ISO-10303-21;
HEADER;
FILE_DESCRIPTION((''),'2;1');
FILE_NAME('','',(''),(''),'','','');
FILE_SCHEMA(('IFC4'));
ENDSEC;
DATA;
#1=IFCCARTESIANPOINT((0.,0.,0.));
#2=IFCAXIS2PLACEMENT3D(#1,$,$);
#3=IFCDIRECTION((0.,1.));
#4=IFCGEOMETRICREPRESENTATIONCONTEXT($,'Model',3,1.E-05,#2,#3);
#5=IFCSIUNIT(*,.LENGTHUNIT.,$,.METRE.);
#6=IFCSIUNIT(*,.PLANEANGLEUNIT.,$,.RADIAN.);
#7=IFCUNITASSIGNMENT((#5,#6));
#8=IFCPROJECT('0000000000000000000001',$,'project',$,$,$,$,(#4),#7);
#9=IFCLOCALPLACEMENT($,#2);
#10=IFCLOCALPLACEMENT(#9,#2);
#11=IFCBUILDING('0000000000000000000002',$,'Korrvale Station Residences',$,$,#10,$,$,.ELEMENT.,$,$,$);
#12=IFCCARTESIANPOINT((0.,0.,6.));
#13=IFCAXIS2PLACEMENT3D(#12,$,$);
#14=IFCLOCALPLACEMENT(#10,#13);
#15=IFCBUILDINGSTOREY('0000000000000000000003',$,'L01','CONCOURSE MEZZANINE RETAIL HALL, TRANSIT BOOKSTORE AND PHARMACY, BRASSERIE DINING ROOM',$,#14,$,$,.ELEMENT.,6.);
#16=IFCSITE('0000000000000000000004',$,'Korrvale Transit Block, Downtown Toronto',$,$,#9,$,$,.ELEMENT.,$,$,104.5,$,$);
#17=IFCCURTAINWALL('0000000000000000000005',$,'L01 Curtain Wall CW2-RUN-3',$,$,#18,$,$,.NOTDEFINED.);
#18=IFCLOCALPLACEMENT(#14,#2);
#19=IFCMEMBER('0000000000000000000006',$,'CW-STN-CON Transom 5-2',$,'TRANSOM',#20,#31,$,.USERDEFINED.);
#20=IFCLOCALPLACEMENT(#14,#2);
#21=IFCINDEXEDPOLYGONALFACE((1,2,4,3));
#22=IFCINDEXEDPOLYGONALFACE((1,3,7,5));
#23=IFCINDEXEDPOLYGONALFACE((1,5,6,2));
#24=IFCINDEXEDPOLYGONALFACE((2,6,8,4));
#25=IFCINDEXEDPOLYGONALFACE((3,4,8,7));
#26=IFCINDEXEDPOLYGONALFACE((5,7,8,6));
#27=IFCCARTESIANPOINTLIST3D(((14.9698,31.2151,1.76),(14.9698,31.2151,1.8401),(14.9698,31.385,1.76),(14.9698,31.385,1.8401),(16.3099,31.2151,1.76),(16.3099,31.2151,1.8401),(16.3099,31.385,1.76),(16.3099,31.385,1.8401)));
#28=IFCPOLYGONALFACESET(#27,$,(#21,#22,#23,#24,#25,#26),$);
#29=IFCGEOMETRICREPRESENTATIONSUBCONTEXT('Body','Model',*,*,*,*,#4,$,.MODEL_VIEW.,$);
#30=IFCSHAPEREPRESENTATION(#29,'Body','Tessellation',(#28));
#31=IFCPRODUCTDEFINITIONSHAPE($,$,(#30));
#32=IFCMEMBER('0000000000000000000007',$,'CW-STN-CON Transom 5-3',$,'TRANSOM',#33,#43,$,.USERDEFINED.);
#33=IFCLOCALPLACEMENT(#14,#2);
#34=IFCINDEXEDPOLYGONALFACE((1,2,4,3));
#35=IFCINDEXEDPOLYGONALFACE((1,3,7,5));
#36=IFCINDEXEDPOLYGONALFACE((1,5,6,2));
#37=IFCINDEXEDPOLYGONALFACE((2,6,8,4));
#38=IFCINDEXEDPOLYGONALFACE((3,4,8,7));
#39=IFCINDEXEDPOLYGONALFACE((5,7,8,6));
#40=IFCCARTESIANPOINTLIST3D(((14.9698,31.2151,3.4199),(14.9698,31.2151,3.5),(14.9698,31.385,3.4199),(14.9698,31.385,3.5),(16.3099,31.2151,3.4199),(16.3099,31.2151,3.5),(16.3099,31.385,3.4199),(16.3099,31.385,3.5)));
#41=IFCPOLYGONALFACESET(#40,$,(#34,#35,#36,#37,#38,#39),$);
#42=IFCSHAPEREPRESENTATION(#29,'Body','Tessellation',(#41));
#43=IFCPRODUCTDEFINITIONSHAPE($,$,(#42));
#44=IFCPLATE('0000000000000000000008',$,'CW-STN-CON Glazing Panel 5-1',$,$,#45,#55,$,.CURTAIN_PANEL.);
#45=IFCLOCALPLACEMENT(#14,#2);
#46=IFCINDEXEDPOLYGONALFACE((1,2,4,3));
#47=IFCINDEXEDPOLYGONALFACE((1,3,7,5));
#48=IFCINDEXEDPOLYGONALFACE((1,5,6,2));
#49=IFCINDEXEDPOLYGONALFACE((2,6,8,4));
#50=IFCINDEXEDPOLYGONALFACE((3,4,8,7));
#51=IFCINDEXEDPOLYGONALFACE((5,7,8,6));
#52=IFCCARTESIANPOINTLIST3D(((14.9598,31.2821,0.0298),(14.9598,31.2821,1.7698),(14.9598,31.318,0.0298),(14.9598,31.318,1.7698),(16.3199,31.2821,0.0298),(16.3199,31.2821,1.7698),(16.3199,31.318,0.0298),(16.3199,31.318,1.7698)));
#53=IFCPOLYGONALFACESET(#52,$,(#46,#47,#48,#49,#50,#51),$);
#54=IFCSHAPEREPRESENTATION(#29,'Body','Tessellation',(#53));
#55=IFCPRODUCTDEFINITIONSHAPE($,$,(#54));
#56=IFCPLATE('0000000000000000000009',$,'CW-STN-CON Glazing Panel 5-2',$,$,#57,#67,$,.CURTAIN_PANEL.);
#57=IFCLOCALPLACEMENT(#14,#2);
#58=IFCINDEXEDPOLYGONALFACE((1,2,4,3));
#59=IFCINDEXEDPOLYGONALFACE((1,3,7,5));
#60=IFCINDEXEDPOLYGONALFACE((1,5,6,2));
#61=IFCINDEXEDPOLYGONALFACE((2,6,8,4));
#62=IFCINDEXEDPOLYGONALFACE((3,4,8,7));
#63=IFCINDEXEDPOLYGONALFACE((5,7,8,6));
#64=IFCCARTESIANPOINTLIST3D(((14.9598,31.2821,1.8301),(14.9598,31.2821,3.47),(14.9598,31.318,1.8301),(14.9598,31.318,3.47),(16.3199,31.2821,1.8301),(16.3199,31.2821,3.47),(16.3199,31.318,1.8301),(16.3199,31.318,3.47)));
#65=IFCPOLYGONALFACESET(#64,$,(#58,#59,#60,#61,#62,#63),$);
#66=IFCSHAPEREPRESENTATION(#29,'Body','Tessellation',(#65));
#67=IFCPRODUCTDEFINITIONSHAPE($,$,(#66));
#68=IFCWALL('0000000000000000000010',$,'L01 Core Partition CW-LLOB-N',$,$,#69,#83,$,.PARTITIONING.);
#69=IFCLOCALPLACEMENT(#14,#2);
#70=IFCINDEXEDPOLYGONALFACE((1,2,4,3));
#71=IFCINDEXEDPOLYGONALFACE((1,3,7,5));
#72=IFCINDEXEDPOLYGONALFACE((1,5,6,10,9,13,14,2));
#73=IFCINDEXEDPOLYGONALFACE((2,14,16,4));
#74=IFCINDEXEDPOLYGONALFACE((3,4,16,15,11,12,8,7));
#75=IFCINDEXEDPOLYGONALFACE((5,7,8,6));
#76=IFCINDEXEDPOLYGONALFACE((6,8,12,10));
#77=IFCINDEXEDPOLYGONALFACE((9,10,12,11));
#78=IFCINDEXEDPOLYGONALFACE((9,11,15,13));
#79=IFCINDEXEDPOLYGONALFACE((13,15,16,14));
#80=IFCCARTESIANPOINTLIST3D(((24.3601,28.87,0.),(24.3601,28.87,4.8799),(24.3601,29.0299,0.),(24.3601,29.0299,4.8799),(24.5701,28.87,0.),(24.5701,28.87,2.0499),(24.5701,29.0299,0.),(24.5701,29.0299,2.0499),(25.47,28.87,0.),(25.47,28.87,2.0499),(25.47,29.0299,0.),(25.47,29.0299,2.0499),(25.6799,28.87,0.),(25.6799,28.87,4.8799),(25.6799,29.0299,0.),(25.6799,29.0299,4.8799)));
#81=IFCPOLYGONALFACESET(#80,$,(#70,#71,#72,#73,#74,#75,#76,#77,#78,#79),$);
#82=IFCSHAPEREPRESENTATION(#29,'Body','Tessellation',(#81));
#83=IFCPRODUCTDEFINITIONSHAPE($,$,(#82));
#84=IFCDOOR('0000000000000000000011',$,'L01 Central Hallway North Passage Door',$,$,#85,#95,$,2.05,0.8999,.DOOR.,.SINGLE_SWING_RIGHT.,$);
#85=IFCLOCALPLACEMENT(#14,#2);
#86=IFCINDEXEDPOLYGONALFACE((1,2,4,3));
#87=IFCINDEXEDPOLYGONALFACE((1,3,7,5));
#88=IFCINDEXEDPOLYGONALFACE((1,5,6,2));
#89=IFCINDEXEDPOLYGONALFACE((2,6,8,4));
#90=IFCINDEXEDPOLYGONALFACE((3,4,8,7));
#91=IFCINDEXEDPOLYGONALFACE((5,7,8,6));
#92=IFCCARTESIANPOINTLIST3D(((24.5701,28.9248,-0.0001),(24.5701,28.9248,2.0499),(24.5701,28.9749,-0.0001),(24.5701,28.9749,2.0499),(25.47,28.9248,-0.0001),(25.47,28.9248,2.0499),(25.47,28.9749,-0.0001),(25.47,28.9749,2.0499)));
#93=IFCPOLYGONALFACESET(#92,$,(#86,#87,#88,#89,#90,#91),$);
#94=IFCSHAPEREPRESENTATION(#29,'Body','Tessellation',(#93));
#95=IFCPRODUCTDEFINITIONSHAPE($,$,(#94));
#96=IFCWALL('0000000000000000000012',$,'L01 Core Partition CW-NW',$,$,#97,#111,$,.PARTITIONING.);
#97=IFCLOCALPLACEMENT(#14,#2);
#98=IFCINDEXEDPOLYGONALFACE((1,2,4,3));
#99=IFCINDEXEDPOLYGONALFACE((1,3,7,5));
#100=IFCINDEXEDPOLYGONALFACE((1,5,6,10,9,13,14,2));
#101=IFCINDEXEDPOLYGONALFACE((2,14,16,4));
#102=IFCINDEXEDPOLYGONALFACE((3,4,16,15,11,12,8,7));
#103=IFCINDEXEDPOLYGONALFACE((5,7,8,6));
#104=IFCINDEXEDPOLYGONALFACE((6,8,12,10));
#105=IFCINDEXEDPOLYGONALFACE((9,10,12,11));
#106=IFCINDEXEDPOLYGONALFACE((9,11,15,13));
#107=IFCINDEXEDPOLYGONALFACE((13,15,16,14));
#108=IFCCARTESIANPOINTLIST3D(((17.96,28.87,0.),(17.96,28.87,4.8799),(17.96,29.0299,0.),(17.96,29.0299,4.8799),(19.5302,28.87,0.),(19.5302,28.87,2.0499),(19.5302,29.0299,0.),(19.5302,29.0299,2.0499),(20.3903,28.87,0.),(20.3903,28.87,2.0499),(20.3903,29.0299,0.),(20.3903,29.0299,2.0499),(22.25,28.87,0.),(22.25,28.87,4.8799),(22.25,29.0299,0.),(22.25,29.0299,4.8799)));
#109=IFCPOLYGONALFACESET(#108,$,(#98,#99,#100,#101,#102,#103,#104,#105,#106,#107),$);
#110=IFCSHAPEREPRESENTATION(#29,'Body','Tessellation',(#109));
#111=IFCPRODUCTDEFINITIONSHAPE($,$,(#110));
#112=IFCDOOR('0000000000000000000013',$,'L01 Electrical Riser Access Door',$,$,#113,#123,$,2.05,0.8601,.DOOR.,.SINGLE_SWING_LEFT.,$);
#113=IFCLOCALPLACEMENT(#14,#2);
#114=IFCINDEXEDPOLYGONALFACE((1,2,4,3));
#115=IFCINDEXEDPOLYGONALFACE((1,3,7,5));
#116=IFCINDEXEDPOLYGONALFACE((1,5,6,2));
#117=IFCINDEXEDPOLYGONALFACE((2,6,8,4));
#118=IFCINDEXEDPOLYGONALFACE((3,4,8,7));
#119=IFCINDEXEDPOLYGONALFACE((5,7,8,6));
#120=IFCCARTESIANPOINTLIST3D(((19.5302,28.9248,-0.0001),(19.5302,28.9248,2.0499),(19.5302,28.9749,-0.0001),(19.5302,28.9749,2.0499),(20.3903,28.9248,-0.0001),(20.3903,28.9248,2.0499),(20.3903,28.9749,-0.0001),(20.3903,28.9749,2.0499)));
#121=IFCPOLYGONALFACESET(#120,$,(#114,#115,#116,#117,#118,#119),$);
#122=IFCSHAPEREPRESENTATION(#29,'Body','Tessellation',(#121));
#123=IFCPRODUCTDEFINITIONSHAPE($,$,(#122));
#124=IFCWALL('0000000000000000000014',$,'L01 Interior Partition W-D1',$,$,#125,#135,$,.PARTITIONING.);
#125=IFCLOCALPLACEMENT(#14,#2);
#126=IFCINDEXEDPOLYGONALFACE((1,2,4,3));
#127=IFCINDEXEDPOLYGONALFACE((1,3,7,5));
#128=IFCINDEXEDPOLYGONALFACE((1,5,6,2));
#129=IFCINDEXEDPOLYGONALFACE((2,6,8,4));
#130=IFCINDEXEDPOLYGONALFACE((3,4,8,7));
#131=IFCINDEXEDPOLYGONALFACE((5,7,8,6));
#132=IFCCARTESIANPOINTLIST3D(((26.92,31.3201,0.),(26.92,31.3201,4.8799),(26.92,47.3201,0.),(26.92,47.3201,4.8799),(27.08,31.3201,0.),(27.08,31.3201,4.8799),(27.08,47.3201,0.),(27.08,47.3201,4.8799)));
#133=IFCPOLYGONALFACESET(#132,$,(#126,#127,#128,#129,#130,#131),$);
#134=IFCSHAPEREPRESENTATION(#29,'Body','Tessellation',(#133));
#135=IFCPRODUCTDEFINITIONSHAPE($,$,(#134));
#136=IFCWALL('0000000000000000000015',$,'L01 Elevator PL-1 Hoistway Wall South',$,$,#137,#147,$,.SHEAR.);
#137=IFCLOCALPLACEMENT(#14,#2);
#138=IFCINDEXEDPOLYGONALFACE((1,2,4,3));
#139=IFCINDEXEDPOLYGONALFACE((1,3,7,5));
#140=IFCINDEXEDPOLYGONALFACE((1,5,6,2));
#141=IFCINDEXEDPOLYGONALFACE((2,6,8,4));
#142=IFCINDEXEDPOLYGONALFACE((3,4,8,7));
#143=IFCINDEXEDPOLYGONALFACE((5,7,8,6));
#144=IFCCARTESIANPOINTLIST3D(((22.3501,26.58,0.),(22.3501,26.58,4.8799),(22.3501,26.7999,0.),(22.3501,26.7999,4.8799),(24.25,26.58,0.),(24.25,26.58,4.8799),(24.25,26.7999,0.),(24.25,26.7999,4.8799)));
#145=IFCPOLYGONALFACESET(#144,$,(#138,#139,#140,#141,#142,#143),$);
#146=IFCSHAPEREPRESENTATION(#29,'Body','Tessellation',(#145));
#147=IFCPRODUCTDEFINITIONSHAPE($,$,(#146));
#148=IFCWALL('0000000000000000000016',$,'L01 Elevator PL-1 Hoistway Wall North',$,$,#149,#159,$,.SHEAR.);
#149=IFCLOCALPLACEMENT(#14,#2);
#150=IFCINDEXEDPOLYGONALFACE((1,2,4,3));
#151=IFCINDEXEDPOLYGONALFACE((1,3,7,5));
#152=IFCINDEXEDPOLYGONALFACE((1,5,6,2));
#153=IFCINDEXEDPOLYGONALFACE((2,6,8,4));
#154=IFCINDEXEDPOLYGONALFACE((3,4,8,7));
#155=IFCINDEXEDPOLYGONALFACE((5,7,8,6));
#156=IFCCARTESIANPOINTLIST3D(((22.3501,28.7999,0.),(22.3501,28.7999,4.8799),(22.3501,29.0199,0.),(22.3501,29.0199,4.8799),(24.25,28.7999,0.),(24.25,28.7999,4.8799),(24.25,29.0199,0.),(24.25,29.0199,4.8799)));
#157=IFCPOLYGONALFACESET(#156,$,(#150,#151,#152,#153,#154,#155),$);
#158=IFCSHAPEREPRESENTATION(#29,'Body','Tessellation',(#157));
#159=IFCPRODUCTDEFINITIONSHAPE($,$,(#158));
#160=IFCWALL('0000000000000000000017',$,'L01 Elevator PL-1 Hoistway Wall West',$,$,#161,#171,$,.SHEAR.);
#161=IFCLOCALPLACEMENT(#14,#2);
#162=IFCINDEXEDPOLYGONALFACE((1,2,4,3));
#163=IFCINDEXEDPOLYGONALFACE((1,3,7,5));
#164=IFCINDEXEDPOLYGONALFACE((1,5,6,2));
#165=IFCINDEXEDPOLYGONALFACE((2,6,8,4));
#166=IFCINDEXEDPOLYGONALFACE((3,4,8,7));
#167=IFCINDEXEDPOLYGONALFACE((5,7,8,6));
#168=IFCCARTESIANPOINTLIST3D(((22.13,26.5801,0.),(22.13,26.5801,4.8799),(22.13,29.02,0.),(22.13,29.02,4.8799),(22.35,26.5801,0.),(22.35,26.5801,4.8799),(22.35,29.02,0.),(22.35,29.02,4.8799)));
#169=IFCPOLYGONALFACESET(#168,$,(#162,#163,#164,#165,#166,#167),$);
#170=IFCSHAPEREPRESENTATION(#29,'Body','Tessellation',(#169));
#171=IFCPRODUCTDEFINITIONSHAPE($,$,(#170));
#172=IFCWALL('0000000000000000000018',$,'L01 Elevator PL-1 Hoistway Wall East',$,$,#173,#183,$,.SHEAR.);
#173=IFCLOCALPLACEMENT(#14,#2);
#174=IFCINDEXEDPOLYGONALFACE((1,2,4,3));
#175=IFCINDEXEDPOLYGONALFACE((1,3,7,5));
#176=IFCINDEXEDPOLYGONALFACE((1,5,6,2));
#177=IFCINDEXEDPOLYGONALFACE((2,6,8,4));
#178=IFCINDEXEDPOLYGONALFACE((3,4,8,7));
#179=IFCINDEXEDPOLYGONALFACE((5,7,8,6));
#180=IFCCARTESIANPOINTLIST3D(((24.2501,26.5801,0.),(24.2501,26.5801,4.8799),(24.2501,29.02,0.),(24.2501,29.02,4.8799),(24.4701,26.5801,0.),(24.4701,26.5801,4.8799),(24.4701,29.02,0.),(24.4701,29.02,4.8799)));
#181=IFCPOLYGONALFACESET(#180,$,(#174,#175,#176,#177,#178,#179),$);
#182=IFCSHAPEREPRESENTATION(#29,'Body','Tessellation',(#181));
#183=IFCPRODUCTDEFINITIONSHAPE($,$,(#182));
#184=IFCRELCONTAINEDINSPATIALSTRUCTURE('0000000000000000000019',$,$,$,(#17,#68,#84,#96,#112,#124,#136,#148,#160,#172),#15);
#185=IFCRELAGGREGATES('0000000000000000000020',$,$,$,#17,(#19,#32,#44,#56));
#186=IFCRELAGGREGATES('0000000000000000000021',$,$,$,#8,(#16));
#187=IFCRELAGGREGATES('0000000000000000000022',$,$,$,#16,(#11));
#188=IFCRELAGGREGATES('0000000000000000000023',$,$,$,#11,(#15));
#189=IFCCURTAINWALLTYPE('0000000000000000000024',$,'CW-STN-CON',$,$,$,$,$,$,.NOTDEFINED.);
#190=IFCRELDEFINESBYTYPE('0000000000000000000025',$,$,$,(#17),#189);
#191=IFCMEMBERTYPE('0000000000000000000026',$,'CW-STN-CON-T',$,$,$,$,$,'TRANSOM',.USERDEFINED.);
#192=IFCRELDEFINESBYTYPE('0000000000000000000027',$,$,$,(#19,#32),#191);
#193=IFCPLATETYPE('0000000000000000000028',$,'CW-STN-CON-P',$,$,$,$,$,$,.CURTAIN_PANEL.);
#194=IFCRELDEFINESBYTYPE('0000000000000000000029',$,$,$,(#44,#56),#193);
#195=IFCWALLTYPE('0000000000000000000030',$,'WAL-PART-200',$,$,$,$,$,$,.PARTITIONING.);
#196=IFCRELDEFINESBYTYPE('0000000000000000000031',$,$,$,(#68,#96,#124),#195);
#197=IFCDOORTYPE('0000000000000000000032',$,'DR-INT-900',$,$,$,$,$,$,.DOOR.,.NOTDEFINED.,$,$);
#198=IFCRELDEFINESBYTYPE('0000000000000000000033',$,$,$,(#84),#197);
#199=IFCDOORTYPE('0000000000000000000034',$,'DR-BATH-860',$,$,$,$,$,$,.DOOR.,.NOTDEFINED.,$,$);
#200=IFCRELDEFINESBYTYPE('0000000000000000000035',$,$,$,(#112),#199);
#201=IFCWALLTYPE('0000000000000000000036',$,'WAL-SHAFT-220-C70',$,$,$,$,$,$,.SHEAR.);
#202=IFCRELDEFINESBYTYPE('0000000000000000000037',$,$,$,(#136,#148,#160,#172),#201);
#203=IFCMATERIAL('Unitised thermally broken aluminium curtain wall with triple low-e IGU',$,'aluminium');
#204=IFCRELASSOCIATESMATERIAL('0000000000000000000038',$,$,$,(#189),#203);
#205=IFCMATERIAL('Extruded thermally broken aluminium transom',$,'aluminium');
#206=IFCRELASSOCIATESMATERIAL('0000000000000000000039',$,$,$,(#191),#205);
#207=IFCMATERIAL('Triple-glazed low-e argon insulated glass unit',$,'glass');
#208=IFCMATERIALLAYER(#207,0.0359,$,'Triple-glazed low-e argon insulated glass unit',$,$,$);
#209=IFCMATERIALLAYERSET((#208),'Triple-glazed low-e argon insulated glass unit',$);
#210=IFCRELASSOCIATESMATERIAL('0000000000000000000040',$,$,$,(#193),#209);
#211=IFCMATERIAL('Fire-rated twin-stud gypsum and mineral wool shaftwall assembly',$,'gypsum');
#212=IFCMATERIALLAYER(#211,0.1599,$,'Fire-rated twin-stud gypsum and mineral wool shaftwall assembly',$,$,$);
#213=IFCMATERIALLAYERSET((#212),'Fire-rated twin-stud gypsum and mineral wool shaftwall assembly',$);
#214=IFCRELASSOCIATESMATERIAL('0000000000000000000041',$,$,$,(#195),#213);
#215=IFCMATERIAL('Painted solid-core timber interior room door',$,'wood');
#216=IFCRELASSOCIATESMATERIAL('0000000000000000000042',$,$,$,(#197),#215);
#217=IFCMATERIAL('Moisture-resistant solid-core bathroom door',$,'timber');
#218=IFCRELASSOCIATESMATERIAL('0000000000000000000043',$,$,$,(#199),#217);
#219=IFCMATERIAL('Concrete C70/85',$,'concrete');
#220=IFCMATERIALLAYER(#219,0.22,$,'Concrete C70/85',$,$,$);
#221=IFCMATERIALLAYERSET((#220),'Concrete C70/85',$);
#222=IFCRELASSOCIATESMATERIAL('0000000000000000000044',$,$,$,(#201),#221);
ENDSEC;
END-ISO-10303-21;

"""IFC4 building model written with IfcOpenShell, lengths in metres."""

from ifc_helpers import new_model, si_unit, direction, frame, frame_2d, origin, origin_2d, place, context, subcontext, project, spatial, rectangle, extrude, material, layer, layer_set, type_object, element, fill, aggregate, save


model = new_model("IFC4")

# Units and contexts
model_context = context("Model", 3, precision=1e-05, world=origin(), true_north=direction((0.0, 1.0)))
body_context = subcontext(model_context, "Body", "Model", "MODEL_VIEW")
ifc_project = project(units=[si_unit("LENGTHUNIT", "METRE"), si_unit("PLANEANGLEUNIT", "RADIAN")], contexts=[model_context])

# Site, building, storey
site_placement = place(None, origin())
site = spatial("IfcSite", under=ifc_project, at=site_placement, Name="Korrvale Transit Block, Downtown Toronto", CompositionType="ELEMENT", RefElevation=104.5)
building_placement = place(site_placement, origin())
building = spatial("IfcBuilding", under=site, at=building_placement, Name="Korrvale Station Residences", CompositionType="ELEMENT")
storey_placement = place(building_placement, frame((0.0, 0.0, 6.0)))
storey = spatial("IfcBuildingStorey", under=building, at=storey_placement, Name="L01", Description="CONCOURSE MEZZANINE RETAIL HALL, TRANSIT BOOKSTORE AND PHARMACY, BRASSERIE DINING ROOM", CompositionType="ELEMENT", Elevation=6.0)

# Shared definitions
ifc_material_1 = material(Name="Concrete C70/85", Category="concrete")

# Curtain wall, members, plates
ifc_material_2 = material(Name="Unitised thermally broken aluminium curtain wall with triple low-e IGU", Category="aluminium")
curtain_wall_type = type_object("IfcCurtainWallType", Name="CW-STN-CON", PredefinedType="NOTDEFINED", material=ifc_material_2)
curtain_wall_placement = place(storey_placement, origin())
curtain_wall = element("IfcCurtainWall", 1, at=curtain_wall_placement, inside=storey, type_object=curtain_wall_type, Name="L01 Curtain Wall CW2-RUN-3", PredefinedType="NOTDEFINED")
ifc_material_3 = material(Name="Extruded thermally broken aluminium transom", Category="aluminium")
member_type_1 = type_object("IfcMemberType", Name="CW-STN-CON-T", ElementType="TRANSOM", PredefinedType="USERDEFINED", material=ifc_material_3)
member_1_placement = place(storey_placement, frame((15.6399, 31.3, 1.76), z_axis=(0.0, 0.0, 1.0), x_axis=(1.0, 0.0, 0.0)))
member_1 = element("IfcMember", 2, at=member_1_placement, type_object=member_type_1, Name="CW-STN-CON Transom 5-2", ObjectType="TRANSOM", PredefinedType="USERDEFINED", context=body_context, shape_type="SweptSolid", body=[
    extrude(rectangle(XDim=1.3401, YDim=0.1699, at=origin_2d()), origin(), (0.0, 0.0, 1.0), 0.0801),
])
member_2_placement = place(storey_placement, frame((15.6399, 31.3, 3.4199), z_axis=(0.0, 0.0, 1.0), x_axis=(1.0, 0.0, 0.0)))
member_2 = element("IfcMember", 3, at=member_2_placement, type_object=member_type_1, Name="CW-STN-CON Transom 5-3", ObjectType="TRANSOM", PredefinedType="USERDEFINED", context=body_context, shape_type="SweptSolid", body=[
    extrude(rectangle(XDim=1.3401, YDim=0.1699, at=origin_2d()), origin(), (0.0, 0.0, 1.0), 0.0801),
])
ifc_material_4 = material(Name="Triple-glazed low-e argon insulated glass unit", Category="glass")
ifc_layer_1 = layer(ifc_material_4, 0.0359, Name="Triple-glazed low-e argon insulated glass unit")
ifc_layer_set_1 = layer_set([ifc_layer_1], Name="Triple-glazed low-e argon insulated glass unit")
plate_type = type_object("IfcPlateType", Name="CW-STN-CON-P", PredefinedType="CURTAIN_PANEL", material=ifc_layer_set_1)
plate_1_placement = place(storey_placement, frame((15.6399, 31.3, 0.0298), z_axis=(0.0, 0.0, 1.0), x_axis=(1.0, 0.0, 0.0)))
plate_1 = element("IfcPlate", 4, at=plate_1_placement, type_object=plate_type, Name="CW-STN-CON Glazing Panel 5-1", PredefinedType="CURTAIN_PANEL", context=body_context, shape_type="SweptSolid", body=[
    extrude(rectangle(XDim=1.3601, YDim=0.0359, at=origin_2d()), origin(), (0.0, 0.0, 1.0), 1.74),
])
plate_2_placement = place(storey_placement, frame((15.6399, 31.3, 1.8301), z_axis=(0.0, 0.0, 1.0), x_axis=(1.0, 0.0, 0.0)))
plate_2 = element("IfcPlate", 5, at=plate_2_placement, type_object=plate_type, Name="CW-STN-CON Glazing Panel 5-2", PredefinedType="CURTAIN_PANEL", context=body_context, shape_type="SweptSolid", body=[
    extrude(rectangle(XDim=1.3601, YDim=0.0359, at=origin_2d()), origin(), (0.0, 0.0, 1.0), 1.6399),
])
aggregate(curtain_wall, [member_1, member_2, plate_1, plate_2])

# Walls, openings, doors
ifc_material_5 = material(Name="Fire-rated twin-stud gypsum and mineral wool shaftwall assembly", Category="gypsum")
ifc_layer_2 = layer(ifc_material_5, 0.1599, Name="Fire-rated twin-stud gypsum and mineral wool shaftwall assembly")
ifc_layer_set_2 = layer_set([ifc_layer_2], Name="Fire-rated twin-stud gypsum and mineral wool shaftwall assembly")
wall_type_1 = type_object("IfcWallType", Name="WAL-PART-200", PredefinedType="PARTITIONING", material=ifc_layer_set_2)
wall_1_placement = place(storey_placement, frame((24.3601, 28.95, 0.0), z_axis=(0.0, 0.0, 1.0), x_axis=(1.0, 0.0, 0.0)))
wall_1 = element("IfcWall", 6, at=wall_1_placement, inside=storey, type_object=wall_type_1, Name="L01 Core Partition CW-LLOB-N", PredefinedType="PARTITIONING", context=body_context, shape_type="SweptSolid", body=[
    extrude(rectangle(XDim=1.3198, YDim=0.1599, at=frame_2d((0.6599, 0.0))), origin(), (0.0, 0.0, 1.0), 4.8799),
])
opening_1_placement = place(wall_1_placement, frame((0.21, 0.0, 0.0)))
opening_1 = element("IfcOpeningElement", 7, at=opening_1_placement, cuts=wall_1, PredefinedType="OPENING", context=body_context, shape_type="SweptSolid", body=[
    extrude(rectangle(XDim=0.8999, YDim=2.05, at=frame_2d((0.45, 1.0249))), frame((0.0, 0.0898, 0.0), z_axis=(0.0, -1.0, 0.0), x_axis=(1.0, 0.0, 0.0)), (0.0, 0.0, 1.0), 0.1799),
])
ifc_material_6 = material(Name="Painted solid-core timber interior room door", Category="wood")
door_type_1 = type_object("IfcDoorType", Name="DR-INT-900", OperationType="NOTDEFINED", PredefinedType="DOOR", material=ifc_material_6)
door_1_placement = place(opening_1_placement, origin())
door_1 = element("IfcDoor", 8, at=door_1_placement, inside=storey, type_object=door_type_1, Name="L01 Central Hallway North Passage Door", OperationType="SINGLE_SWING_RIGHT", OverallHeight=2.05, OverallWidth=0.8999, PredefinedType="DOOR", context=body_context, shape_type="SweptSolid", body=[
    extrude(rectangle(XDim=0.8999, YDim=2.05, at=frame_2d((0.45, 1.0249))), frame((0.0, 0.0249, 0.0), z_axis=(0.0, -1.0, 0.0), x_axis=(1.0, 0.0, 0.0)), (0.0, 0.0, 1.0), 0.05),
])
fill(opening_1, door_1)
wall_2_placement = place(storey_placement, frame((17.96, 28.95, 0.0), z_axis=(0.0, 0.0, 1.0), x_axis=(1.0, 0.0, 0.0)))
wall_2 = element("IfcWall", 9, at=wall_2_placement, inside=storey, type_object=wall_type_1, Name="L01 Core Partition CW-NW", PredefinedType="PARTITIONING", context=body_context, shape_type="SweptSolid", body=[
    extrude(rectangle(XDim=4.29, YDim=0.1599, at=frame_2d((2.145, 0.0))), origin(), (0.0, 0.0, 1.0), 4.8799),
])
opening_2_placement = place(wall_2_placement, frame((1.5701, 0.0, 0.0)))
opening_2 = element("IfcOpeningElement", 10, at=opening_2_placement, cuts=wall_2, PredefinedType="OPENING", context=body_context, shape_type="SweptSolid", body=[
    extrude(rectangle(XDim=0.8601, YDim=2.05, at=frame_2d((0.4302, 1.0249))), frame((0.0, 0.0898, 0.0), z_axis=(0.0, -1.0, 0.0), x_axis=(1.0, 0.0, 0.0)), (0.0, 0.0, 1.0), 0.1799),
])
ifc_material_7 = material(Name="Moisture-resistant solid-core bathroom door", Category="timber")
door_type_2 = type_object("IfcDoorType", Name="DR-BATH-860", OperationType="NOTDEFINED", PredefinedType="DOOR", material=ifc_material_7)
door_2_placement = place(opening_2_placement, origin())
door_2 = element("IfcDoor", 11, at=door_2_placement, inside=storey, type_object=door_type_2, Name="L01 Electrical Riser Access Door", OperationType="SINGLE_SWING_LEFT", OverallHeight=2.05, OverallWidth=0.8601, PredefinedType="DOOR", context=body_context, shape_type="SweptSolid", body=[
    extrude(rectangle(XDim=0.8601, YDim=2.05, at=frame_2d((0.4302, 1.0249))), frame((0.0, 0.0249, 0.0), z_axis=(0.0, -1.0, 0.0), x_axis=(1.0, 0.0, 0.0)), (0.0, 0.0, 1.0), 0.05),
])
fill(opening_2, door_2)

# Walls
wall_3_placement = place(storey_placement, frame((27.0, 31.3201, 0.0), z_axis=(0.0, 0.0, 1.0), x_axis=(0.0, 1.0, 0.0)))
element("IfcWall", 12, at=wall_3_placement, inside=storey, type_object=wall_type_1, Name="L01 Interior Partition W-D1", PredefinedType="PARTITIONING", context=body_context, shape_type="SweptSolid", body=[
    extrude(rectangle(XDim=16.0, YDim=0.1599, at=frame_2d((8.0, 0.0))), origin(), (0.0, 0.0, 1.0), 4.8799),
])
ifc_layer_3 = layer(ifc_material_1, 0.22, Name="Concrete C70/85")
ifc_layer_set_3 = layer_set([ifc_layer_3], Name="Concrete C70/85")
wall_type_2 = type_object("IfcWallType", Name="WAL-SHAFT-220-C70", PredefinedType="SHEAR", material=ifc_layer_set_3)
for number, where, z_axis, x_axis, name in (
    (13, (22.3501, 26.6899, 0.0), (0.0, 0.0, 1.0), (1.0, 0.0, 0.0), "L01 Elevator PL-1 Hoistway Wall South"),
    (14, (22.3501, 28.9099, 0.0), (0.0, 0.0, 1.0), (1.0, 0.0, 0.0), "L01 Elevator PL-1 Hoistway Wall North"),
):
    element("IfcWall", number, at=place(storey_placement, frame(where, z_axis=z_axis, x_axis=x_axis)), inside=storey, type_object=wall_type_2, Name=name, PredefinedType="SHEAR", context=body_context, shape_type="SweptSolid", body=[
        extrude(rectangle(XDim=1.8999, YDim=0.22, at=frame_2d((0.95, 0.0))), origin(), (0.0, 0.0, 1.0), 4.8799),
    ])
for number, where, z_axis, x_axis, name in (
    (15, (22.24, 26.5801, 0.0), (0.0, 0.0, 1.0), (0.0, 1.0, 0.0), "L01 Elevator PL-1 Hoistway Wall West"),
    (16, (24.3601, 26.5801, 0.0), (0.0, 0.0, 1.0), (0.0, 1.0, 0.0), "L01 Elevator PL-1 Hoistway Wall East"),
):
    element("IfcWall", number, at=place(storey_placement, frame(where, z_axis=z_axis, x_axis=x_axis)), inside=storey, type_object=wall_type_2, Name=name, PredefinedType="SHEAR", context=body_context, shape_type="SweptSolid", body=[
        extrude(rectangle(XDim=2.4399, YDim=0.22, at=frame_2d((1.22, 0.0))), origin(), (0.0, 0.0, 1.0), 4.8799),
    ])

save(model, "model.ifc")
